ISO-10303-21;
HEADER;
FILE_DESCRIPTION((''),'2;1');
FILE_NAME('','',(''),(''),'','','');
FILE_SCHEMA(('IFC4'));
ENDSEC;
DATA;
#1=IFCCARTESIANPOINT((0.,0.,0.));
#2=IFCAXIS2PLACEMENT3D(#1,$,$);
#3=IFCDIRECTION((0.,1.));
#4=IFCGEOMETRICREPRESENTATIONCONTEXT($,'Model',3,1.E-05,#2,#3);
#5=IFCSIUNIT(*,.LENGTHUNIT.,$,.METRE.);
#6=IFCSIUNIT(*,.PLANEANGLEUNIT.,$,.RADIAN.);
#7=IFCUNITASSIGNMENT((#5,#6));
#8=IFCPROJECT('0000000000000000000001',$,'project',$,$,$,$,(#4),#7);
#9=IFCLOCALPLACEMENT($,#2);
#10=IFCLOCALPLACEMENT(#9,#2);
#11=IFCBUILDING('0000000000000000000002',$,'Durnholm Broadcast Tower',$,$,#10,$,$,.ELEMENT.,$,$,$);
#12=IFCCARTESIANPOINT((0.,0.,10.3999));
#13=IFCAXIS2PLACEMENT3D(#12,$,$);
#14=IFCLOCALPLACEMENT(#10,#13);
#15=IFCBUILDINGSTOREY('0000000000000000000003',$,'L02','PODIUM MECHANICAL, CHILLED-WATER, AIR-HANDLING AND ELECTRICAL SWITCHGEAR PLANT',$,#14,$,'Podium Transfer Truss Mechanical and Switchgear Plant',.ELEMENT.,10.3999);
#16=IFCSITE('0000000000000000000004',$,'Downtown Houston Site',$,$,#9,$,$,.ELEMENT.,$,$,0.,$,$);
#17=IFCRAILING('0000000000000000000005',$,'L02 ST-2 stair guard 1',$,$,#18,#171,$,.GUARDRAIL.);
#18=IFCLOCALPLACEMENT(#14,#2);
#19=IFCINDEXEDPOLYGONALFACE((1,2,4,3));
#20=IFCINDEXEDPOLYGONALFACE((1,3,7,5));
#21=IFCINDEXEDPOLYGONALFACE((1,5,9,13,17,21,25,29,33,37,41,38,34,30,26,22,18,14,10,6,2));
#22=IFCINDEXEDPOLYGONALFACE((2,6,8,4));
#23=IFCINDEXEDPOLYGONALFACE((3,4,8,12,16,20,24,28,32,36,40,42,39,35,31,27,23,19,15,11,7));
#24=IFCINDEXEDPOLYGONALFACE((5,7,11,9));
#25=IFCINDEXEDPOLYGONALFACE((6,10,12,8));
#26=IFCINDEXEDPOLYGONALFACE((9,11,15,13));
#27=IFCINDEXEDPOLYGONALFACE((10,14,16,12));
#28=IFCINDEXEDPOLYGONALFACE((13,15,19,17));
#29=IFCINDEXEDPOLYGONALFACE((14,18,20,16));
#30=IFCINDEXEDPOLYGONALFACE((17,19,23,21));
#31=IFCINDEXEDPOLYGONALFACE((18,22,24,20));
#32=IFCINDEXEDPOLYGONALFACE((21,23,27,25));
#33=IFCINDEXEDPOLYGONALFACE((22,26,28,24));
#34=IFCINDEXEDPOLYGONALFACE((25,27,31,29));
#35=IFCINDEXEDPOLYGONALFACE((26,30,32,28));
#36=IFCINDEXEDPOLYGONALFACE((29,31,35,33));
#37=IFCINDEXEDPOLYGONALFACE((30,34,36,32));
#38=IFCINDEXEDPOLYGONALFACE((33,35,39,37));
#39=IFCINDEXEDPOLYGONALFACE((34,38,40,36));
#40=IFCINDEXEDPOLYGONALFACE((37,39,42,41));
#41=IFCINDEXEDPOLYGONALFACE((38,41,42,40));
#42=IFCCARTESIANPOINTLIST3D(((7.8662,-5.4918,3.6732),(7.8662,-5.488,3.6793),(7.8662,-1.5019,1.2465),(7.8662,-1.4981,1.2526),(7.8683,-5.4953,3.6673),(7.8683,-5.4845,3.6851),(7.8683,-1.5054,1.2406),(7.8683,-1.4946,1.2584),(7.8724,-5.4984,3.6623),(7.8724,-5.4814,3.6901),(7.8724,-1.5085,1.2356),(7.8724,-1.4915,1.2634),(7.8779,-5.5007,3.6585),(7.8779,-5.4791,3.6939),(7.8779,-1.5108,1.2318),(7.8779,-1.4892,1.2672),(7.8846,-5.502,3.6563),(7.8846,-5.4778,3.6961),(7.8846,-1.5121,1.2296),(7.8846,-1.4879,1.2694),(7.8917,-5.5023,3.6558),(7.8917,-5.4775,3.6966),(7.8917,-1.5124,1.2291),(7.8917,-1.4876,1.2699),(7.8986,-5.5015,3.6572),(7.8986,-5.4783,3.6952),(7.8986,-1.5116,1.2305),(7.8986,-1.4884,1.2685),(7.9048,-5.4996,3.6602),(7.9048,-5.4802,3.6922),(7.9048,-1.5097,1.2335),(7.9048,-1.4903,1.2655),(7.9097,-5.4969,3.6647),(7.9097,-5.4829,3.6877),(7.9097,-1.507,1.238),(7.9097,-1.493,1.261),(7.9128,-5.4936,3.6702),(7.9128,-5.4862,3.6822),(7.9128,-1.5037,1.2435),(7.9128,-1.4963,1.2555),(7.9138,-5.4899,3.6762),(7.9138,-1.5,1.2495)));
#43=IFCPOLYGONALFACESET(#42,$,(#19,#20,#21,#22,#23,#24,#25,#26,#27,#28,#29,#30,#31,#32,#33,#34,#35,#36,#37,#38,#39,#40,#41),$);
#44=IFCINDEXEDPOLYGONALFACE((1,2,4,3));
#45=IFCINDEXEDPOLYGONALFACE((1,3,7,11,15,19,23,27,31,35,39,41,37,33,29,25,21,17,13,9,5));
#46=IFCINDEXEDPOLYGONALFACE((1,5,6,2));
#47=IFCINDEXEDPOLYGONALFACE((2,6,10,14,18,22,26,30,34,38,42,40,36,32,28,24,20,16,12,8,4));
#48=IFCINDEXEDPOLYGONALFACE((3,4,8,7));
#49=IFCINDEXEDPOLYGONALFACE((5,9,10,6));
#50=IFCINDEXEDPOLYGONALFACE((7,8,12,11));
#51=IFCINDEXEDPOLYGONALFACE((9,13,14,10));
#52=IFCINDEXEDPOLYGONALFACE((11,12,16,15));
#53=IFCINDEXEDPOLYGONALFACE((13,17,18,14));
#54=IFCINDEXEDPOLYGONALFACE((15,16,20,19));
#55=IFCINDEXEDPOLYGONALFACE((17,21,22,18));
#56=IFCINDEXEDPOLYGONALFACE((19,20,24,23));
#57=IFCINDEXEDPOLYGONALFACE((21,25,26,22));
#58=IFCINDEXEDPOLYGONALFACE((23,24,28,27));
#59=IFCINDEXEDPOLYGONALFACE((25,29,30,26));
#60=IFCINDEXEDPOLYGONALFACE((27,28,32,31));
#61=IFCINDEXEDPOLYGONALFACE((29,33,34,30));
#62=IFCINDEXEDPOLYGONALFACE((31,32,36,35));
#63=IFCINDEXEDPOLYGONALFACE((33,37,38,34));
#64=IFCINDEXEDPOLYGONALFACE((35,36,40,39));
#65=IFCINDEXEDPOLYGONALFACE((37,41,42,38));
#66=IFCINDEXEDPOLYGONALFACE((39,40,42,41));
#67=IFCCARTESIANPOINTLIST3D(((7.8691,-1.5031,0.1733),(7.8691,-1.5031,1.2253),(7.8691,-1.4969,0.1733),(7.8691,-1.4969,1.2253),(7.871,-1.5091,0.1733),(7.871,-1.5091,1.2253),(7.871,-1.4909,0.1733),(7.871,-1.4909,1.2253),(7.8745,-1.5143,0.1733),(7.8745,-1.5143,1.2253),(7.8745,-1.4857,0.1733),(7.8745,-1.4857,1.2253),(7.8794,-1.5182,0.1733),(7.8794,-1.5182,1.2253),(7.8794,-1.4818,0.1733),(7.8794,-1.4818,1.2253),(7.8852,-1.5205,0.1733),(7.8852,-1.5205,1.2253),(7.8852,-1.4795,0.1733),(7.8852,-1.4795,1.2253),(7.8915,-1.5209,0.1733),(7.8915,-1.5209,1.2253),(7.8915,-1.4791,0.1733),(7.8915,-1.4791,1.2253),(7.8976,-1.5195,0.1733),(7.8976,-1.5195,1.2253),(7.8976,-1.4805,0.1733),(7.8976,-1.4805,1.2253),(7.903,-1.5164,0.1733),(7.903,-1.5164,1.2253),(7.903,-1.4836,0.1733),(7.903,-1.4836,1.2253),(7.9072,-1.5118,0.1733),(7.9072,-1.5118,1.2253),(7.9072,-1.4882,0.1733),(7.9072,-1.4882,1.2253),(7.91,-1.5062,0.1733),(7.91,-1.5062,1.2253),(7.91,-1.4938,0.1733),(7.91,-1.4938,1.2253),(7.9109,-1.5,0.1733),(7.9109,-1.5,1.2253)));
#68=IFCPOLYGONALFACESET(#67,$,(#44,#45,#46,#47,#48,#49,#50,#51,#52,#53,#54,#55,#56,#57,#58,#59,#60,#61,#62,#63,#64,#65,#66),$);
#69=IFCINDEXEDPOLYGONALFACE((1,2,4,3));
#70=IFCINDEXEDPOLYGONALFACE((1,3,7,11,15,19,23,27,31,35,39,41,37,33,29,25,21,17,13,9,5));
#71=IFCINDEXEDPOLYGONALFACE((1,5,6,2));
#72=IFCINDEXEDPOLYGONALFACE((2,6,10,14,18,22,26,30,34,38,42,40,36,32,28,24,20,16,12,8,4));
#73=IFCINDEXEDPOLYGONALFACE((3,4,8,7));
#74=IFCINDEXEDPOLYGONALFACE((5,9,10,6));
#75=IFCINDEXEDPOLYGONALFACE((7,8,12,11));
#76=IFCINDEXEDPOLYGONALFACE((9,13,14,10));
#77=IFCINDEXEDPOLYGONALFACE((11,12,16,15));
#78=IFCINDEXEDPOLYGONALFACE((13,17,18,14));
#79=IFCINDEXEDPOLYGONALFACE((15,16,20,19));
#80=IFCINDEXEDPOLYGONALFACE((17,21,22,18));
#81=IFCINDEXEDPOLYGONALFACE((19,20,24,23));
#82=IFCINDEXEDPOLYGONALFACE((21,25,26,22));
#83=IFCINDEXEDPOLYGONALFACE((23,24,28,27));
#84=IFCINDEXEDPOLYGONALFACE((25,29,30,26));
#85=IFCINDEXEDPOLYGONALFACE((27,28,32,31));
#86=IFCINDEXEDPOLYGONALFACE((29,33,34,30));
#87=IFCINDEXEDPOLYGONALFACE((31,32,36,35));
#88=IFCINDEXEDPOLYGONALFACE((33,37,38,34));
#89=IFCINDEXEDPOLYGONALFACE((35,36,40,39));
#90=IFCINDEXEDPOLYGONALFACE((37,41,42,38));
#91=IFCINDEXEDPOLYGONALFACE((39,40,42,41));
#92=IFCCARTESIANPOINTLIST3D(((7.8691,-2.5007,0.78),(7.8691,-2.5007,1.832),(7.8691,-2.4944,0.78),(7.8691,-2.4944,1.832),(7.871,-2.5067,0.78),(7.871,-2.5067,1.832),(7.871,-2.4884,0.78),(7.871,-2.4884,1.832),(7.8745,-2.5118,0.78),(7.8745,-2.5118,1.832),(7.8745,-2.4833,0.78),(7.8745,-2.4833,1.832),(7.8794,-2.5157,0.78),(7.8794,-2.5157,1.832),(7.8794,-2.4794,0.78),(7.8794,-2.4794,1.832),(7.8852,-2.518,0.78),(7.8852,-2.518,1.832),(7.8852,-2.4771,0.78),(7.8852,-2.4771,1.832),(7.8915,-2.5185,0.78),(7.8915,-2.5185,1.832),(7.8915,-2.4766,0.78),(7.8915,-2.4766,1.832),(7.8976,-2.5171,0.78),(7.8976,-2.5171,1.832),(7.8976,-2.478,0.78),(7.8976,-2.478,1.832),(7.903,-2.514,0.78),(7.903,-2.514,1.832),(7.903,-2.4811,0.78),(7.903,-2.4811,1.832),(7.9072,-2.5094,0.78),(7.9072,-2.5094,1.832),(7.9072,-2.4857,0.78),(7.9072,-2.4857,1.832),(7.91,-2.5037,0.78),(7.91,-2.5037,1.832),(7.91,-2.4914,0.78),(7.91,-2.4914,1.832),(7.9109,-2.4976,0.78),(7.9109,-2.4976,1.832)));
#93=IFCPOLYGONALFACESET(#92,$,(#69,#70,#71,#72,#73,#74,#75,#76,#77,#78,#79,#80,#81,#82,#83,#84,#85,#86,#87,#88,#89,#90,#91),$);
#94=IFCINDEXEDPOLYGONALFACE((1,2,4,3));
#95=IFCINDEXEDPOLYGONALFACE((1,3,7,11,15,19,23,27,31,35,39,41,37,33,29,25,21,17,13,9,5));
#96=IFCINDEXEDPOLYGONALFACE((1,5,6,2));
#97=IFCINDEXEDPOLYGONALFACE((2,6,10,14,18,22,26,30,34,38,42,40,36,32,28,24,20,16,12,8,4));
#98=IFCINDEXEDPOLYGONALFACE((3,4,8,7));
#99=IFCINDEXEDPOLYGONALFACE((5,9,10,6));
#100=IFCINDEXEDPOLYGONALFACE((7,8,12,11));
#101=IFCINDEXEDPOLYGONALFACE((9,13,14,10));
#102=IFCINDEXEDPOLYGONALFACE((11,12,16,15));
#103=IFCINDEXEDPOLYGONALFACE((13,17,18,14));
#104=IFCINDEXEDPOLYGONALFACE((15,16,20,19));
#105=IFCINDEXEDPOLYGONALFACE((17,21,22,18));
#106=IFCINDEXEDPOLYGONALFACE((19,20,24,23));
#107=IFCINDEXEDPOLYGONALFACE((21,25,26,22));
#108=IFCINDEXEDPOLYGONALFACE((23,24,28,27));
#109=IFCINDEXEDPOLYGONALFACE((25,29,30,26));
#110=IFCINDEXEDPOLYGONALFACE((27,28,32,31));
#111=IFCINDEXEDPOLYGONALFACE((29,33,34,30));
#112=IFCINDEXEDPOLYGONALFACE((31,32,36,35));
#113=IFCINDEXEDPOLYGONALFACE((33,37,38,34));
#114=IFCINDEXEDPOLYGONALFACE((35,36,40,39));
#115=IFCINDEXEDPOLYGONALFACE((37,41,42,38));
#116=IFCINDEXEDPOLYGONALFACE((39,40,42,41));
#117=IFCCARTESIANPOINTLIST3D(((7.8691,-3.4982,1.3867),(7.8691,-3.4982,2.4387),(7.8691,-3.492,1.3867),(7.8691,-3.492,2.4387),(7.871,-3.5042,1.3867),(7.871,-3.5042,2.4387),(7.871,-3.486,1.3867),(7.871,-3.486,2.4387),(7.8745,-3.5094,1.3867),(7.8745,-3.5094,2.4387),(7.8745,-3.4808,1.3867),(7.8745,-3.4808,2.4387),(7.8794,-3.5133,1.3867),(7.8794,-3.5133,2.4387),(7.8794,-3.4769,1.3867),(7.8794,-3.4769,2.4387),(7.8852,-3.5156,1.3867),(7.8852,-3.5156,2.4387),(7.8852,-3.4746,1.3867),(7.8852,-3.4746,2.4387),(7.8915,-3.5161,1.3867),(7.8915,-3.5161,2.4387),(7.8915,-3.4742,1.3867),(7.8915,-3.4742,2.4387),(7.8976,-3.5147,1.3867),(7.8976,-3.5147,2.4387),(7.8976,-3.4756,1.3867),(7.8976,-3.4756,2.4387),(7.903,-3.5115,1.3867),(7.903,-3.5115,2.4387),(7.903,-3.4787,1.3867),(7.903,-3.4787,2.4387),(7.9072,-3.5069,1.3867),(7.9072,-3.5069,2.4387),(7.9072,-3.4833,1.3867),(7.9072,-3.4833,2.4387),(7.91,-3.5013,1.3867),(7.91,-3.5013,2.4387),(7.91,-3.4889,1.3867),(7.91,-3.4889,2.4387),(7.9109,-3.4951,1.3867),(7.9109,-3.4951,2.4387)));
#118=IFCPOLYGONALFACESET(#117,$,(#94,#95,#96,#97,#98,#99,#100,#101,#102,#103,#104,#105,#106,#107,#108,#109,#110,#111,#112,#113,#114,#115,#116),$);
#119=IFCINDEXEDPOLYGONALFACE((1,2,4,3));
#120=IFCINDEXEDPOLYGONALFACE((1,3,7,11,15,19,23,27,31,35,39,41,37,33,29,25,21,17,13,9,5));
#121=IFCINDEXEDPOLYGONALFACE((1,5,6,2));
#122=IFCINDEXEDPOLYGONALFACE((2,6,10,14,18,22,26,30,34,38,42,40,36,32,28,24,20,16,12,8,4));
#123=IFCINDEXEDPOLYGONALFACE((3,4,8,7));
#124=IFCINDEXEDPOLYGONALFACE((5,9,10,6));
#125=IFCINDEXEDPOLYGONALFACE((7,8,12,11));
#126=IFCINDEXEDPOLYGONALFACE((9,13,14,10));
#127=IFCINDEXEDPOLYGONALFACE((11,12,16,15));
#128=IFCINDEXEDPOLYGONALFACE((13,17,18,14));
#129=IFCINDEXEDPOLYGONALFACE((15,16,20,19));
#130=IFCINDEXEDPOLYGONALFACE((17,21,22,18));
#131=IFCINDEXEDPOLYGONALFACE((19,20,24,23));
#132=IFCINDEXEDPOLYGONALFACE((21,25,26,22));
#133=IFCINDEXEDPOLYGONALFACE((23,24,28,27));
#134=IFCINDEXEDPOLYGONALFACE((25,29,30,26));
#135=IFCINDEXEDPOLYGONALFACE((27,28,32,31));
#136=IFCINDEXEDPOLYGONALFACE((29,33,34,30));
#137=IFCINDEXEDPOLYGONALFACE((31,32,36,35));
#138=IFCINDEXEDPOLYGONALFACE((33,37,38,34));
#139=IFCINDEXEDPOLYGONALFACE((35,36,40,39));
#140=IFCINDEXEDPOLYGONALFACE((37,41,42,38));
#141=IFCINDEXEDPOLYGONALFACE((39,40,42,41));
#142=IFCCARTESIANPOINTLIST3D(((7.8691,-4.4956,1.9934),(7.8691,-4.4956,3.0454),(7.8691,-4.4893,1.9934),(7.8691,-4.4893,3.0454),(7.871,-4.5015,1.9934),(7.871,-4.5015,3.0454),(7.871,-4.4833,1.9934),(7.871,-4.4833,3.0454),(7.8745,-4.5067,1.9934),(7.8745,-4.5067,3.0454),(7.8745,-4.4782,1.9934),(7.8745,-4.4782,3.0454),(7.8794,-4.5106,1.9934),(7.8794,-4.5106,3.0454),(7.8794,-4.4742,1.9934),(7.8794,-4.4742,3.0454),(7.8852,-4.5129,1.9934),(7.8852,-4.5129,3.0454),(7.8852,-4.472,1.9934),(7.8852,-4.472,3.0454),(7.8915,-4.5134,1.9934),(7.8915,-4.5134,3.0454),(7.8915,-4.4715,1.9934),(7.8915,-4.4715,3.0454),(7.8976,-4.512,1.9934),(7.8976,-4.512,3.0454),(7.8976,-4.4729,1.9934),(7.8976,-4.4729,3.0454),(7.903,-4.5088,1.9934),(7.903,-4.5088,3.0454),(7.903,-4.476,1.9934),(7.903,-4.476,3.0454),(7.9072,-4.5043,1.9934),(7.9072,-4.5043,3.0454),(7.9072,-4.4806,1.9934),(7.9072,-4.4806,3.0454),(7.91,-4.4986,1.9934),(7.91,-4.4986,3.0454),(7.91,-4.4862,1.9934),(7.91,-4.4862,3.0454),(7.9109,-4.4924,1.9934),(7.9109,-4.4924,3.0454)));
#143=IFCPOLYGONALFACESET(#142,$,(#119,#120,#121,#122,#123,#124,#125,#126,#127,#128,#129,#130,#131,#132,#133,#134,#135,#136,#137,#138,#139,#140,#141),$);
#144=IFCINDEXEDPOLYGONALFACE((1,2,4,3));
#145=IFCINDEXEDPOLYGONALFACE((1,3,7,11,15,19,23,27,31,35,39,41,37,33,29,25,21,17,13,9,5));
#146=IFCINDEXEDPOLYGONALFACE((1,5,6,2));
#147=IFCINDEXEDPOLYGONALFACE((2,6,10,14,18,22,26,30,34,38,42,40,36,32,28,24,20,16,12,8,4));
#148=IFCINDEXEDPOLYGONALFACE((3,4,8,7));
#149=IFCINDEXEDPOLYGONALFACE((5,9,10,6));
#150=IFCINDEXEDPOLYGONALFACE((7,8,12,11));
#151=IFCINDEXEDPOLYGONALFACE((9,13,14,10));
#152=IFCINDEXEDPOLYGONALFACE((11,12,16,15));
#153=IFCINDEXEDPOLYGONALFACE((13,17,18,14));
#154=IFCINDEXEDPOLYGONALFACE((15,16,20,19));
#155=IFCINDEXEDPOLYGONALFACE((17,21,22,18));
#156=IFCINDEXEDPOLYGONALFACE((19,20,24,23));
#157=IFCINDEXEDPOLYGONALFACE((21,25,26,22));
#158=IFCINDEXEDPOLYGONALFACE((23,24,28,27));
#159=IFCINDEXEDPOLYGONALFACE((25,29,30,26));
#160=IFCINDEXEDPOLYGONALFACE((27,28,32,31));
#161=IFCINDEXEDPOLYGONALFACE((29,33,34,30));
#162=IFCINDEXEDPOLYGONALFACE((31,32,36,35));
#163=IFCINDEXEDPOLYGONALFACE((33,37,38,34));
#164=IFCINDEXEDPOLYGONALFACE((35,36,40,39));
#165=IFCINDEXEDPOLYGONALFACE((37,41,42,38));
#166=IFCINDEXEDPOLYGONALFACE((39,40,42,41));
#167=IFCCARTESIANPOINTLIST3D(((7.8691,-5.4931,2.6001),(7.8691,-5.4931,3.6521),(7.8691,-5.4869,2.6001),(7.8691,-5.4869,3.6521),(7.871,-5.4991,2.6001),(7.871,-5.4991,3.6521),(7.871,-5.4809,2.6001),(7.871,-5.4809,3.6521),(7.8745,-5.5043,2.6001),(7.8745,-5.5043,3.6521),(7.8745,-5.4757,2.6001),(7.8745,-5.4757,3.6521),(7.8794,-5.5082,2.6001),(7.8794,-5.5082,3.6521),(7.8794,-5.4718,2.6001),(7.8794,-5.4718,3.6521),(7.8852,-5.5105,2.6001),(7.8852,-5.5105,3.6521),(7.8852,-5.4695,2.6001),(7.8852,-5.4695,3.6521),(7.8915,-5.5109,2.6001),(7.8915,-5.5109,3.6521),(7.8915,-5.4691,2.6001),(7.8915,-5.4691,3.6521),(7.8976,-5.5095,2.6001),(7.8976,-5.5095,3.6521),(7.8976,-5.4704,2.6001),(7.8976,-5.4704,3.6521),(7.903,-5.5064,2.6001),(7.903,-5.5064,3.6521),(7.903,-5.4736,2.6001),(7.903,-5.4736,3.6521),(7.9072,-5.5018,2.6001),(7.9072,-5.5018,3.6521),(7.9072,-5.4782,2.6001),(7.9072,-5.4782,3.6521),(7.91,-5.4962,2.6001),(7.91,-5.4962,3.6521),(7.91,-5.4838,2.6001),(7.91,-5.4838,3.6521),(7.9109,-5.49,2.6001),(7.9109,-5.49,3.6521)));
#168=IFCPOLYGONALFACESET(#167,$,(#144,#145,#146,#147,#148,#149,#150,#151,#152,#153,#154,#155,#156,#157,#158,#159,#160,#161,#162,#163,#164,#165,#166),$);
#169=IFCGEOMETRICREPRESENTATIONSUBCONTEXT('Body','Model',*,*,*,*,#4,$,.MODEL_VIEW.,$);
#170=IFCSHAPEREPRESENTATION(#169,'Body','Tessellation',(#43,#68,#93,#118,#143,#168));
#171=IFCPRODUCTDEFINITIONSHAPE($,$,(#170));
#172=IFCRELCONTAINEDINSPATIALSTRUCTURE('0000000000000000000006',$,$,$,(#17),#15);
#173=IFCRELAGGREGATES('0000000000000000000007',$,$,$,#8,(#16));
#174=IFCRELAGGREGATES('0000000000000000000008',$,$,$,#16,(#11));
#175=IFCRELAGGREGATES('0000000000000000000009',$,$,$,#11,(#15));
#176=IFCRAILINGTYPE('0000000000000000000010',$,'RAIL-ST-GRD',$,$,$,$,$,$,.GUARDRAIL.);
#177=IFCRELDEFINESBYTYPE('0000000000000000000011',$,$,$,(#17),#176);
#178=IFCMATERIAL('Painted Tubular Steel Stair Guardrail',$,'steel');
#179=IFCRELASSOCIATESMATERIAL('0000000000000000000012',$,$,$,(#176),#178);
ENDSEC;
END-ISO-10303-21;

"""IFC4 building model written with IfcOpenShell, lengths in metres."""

from ifc_helpers import new_model, si_unit, direction, frame, origin, origin_2d, place, context, subcontext, project, spatial, circle, extrude, material, type_object, element, save


model = new_model("IFC4")

# Units and contexts
model_context = context("Model", 3, precision=1e-05, world=origin(), true_north=direction((0.0, 1.0)))
body_context = subcontext(model_context, "Body", "Model", "MODEL_VIEW")
ifc_project = project(units=[si_unit("LENGTHUNIT", "METRE"), si_unit("PLANEANGLEUNIT", "RADIAN")], contexts=[model_context])

# Site, building, storey
site_placement = place(None, origin())
site = spatial("IfcSite", under=ifc_project, at=site_placement, Name="Downtown Houston Site", CompositionType="ELEMENT", RefElevation=0.0)
building_placement = place(site_placement, origin())
building = spatial("IfcBuilding", under=site, at=building_placement, Name="Durnholm Broadcast Tower", CompositionType="ELEMENT")
storey_placement = place(building_placement, frame((0.0, 0.0, 10.3999)))
storey = spatial("IfcBuildingStorey", under=building, at=storey_placement, Name="L02", Description="PODIUM MECHANICAL, CHILLED-WATER, AIR-HANDLING AND ELECTRICAL SWITCHGEAR PLANT", LongName="Podium Transfer Truss Mechanical and Switchgear Plant", CompositionType="ELEMENT", Elevation=10.3999)

# Railing
ifc_material_1 = material(Name="Painted Tubular Steel Stair Guardrail", Category="steel")
railing_type_1 = type_object("IfcRailingType", Name="RAIL-ST-GRD", PredefinedType="GUARDRAIL", material=ifc_material_1)
railing_1_placement = place(storey_placement, frame((7.8899, -1.5, 0.1733)))
element("IfcRailing", 1, at=railing_1_placement, inside=storey, type_object=railing_type_1, Name="L02 ST-2 stair guard 1", PredefinedType="GUARDRAIL", context=body_context, shape_type="SweptSolid", body=[
    extrude(circle(Radius=0.0239, at=origin_2d()), frame((0.0, 0.0, 1.0762), z_axis=(0.0, -0.854382, 0.519645), x_axis=(1.0, 0.0, 0.0)), (0.0, 0.0, 1.0), 4.6699),
    extrude(circle(Radius=0.021, at=origin_2d()), origin(), (0.0, 0.0, 1.0), 1.052),
    extrude(circle(Radius=0.021, at=origin_2d()), frame((0.0, -0.9976, 0.6067)), (0.0, 0.0, 1.0), 1.052),
    extrude(circle(Radius=0.021, at=origin_2d()), frame((0.0, -1.9951, 1.2134)), (0.0, 0.0, 1.0), 1.052),
    extrude(circle(Radius=0.021, at=origin_2d()), frame((0.0, -2.9924, 1.8201)), (0.0, 0.0, 1.0), 1.052),
    extrude(circle(Radius=0.021, at=origin_2d()), frame((0.0, -3.99, 2.4268)), (0.0, 0.0, 1.0), 1.052),
])

save(model, "model.ifc")
